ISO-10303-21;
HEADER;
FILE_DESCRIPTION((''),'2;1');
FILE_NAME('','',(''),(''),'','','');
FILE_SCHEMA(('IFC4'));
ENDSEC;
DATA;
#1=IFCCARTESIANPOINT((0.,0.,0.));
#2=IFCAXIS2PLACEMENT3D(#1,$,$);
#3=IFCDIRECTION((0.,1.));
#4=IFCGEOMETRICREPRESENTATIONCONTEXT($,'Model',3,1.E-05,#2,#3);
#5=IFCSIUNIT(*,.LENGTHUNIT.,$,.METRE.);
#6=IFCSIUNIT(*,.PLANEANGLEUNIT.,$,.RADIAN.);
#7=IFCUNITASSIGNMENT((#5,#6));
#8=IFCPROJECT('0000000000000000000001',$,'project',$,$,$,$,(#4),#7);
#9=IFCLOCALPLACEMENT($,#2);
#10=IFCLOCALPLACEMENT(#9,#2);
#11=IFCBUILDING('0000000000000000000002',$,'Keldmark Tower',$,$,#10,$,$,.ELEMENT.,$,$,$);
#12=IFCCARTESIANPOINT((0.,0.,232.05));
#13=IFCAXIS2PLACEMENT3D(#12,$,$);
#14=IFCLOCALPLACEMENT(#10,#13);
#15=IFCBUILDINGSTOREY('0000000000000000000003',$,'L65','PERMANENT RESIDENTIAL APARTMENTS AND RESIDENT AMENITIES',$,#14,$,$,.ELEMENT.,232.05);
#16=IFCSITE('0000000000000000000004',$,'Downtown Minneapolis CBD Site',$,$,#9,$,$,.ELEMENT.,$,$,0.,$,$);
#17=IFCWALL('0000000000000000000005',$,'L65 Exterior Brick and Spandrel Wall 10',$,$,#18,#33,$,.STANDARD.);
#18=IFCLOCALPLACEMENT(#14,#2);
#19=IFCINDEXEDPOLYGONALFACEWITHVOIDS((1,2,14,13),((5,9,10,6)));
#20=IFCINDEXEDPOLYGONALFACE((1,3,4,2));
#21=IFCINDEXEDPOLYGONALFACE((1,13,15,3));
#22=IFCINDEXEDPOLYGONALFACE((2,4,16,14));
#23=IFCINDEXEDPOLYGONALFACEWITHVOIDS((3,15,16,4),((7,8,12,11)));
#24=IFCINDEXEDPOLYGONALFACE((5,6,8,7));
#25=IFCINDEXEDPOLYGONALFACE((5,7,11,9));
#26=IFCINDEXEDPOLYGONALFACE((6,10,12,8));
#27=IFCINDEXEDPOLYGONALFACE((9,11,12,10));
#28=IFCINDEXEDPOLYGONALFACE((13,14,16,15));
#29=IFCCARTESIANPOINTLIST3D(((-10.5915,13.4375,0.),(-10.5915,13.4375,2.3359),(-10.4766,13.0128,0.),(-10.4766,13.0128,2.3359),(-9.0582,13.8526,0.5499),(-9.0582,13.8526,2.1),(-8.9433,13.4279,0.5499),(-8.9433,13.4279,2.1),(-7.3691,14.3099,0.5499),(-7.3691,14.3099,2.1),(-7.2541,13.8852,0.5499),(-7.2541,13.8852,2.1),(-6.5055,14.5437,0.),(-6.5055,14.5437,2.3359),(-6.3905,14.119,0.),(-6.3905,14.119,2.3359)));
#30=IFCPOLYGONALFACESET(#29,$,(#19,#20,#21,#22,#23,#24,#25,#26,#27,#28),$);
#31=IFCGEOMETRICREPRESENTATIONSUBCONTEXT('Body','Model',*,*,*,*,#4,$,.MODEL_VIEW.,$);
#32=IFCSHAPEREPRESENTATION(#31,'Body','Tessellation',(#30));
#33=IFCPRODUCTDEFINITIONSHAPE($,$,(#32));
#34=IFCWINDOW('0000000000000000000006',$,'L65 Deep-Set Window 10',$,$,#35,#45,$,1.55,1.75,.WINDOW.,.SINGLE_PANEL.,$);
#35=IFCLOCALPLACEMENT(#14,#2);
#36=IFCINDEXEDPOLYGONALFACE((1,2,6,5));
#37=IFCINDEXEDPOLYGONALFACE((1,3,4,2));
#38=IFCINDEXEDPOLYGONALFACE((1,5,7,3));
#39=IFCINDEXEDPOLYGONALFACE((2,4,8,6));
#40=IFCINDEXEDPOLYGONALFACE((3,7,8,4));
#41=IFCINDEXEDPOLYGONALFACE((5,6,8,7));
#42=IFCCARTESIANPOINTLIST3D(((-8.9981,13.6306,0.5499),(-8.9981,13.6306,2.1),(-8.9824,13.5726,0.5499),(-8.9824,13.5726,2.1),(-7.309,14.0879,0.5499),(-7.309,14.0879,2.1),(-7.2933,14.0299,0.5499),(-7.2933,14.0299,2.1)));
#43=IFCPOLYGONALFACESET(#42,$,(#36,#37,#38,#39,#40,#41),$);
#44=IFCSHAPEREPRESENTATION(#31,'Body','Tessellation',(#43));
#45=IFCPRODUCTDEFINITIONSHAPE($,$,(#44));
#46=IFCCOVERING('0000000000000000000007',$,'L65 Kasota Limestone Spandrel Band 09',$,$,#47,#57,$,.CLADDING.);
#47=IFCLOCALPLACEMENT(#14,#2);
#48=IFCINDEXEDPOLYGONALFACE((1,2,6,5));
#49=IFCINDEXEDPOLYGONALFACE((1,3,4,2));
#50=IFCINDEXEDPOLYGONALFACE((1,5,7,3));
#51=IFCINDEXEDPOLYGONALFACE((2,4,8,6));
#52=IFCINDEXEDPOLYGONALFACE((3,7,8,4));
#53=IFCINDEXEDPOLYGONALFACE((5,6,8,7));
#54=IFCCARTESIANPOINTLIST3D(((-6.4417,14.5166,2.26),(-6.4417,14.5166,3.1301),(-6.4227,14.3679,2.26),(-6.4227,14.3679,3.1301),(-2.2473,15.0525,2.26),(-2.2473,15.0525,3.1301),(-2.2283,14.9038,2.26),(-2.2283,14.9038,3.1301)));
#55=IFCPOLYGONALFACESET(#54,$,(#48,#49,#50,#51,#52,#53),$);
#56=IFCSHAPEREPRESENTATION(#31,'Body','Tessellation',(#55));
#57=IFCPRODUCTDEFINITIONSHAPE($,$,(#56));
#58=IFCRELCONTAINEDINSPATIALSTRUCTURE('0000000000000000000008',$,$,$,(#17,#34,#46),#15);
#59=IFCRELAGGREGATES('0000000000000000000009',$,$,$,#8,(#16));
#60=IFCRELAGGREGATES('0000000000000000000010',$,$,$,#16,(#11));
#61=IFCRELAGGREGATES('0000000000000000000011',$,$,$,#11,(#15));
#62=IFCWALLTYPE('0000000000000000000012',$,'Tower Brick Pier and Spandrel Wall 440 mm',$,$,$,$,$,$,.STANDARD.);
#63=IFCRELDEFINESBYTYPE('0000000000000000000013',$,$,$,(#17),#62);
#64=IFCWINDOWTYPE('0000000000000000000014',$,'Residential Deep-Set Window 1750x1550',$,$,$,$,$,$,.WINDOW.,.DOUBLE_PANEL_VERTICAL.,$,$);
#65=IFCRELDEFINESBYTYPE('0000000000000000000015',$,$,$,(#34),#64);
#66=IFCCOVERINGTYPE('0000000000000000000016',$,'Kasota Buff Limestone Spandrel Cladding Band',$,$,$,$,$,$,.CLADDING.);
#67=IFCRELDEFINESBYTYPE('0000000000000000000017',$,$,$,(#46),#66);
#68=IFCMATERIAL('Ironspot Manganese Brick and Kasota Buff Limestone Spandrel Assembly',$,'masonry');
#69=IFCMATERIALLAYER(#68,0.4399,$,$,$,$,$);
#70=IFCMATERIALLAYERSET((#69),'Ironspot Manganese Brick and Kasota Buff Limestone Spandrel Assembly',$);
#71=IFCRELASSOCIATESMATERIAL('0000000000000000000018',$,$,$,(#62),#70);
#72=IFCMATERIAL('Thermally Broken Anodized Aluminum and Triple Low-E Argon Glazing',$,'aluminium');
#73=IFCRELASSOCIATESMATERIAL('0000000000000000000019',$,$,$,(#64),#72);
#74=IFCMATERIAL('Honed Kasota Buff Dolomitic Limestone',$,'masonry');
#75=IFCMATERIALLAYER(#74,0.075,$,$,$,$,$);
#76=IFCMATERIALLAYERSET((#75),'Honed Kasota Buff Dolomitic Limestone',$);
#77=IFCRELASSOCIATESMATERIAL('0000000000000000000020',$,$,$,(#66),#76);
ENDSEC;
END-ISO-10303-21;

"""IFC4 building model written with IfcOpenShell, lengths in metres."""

from ifc_helpers import new_model, si_unit, direction, frame, frame_2d, origin, origin_2d, place, context, subcontext, project, spatial, rectangle, extrude, material, layer, layer_set, type_object, element, fill, save


model = new_model("IFC4")

# Units and contexts
model_context = context("Model", 3, precision=1e-05, world=origin(), true_north=direction((0.0, 1.0)))
body_context = subcontext(model_context, "Body", "Model", "MODEL_VIEW")
ifc_project = project(units=[si_unit("LENGTHUNIT", "METRE"), si_unit("PLANEANGLEUNIT", "RADIAN")], contexts=[model_context])

# Site, building, storey
site_placement = place(None, origin())
site = spatial("IfcSite", under=ifc_project, at=site_placement, Name="Downtown Minneapolis CBD Site", CompositionType="ELEMENT", RefElevation=0.0)
building_placement = place(site_placement, origin())
building = spatial("IfcBuilding", under=site, at=building_placement, Name="Keldmark Tower", CompositionType="ELEMENT")
storey_placement = place(building_placement, frame((0.0, 0.0, 232.05)))
storey = spatial("IfcBuildingStorey", under=building, at=storey_placement, Name="L65", Description="PERMANENT RESIDENTIAL APARTMENTS AND RESIDENT AMENITIES", CompositionType="ELEMENT", Elevation=232.05)

# Wall, opening, window
ifc_material_1 = material(Name="Ironspot Manganese Brick and Kasota Buff Limestone Spandrel Assembly", Category="masonry")
ifc_layer_1 = layer(ifc_material_1, 0.4399)
ifc_layer_set_1 = layer_set([ifc_layer_1], Name="Ironspot Manganese Brick and Kasota Buff Limestone Spandrel Assembly")
wall_type_1 = type_object("IfcWallType", Name="Tower Brick Pier and Spandrel Wall 440 mm", PredefinedType="STANDARD", material=ifc_layer_set_1)
ifc_material_2 = material(Name="Thermally Broken Anodized Aluminum and Triple Low-E Argon Glazing", Category="aluminium")
window_type = type_object("IfcWindowType", Name="Residential Deep-Set Window 1750x1550", PartitioningType="DOUBLE_PANEL_VERTICAL", PredefinedType="WINDOW", material=ifc_material_2)
wall_1_placement = place(storey_placement, frame((-10.5342, 13.2251, 0.0), z_axis=(0.0, 0.0, 1.0), x_axis=(0.965251, 0.261326, 0.0)))
wall_1 = element("IfcWall", 1, at=wall_1_placement, inside=storey, type_object=wall_type_1, Name="L65 Exterior Brick and Spandrel Wall 10", PredefinedType="STANDARD", context=body_context, shape_type="SweptSolid", body=[
    extrude(rectangle(XDim=4.2332, YDim=0.4399, at=frame_2d((2.1167, 0.0))), origin(), (0.0, 0.0, 1.0), 2.3359),
])
opening_1_placement = place(wall_1_placement, frame((1.5886, 0.0, 0.55)))
opening_1 = element("IfcOpeningElement", 2, at=opening_1_placement, cuts=wall_1, PredefinedType="OPENING", context=body_context, shape_type="SweptSolid", body=[
    extrude(rectangle(XDim=1.75, YDim=1.55, at=frame_2d((0.875, 0.7749))), frame((0.0, 0.23, 0.0), z_axis=(0.0, -1.0, 0.0), x_axis=(1.0, 0.0, 0.0)), (0.0, 0.0, 1.0), 0.46),
])
window_1_placement = place(opening_1_placement, origin())
window_1 = element("IfcWindow", 3, at=window_1_placement, inside=storey, type_object=window_type, Name="L65 Deep-Set Window 10", OverallHeight=1.55, OverallWidth=1.75, PartitioningType="SINGLE_PANEL", PredefinedType="WINDOW", context=body_context, shape_type="SweptSolid", body=[
    extrude(rectangle(XDim=1.75, YDim=1.55, at=frame_2d((0.875, 0.7749))), frame((0.0, -0.01, 0.0), z_axis=(0.0, -1.0, 0.0), x_axis=(1.0, 0.0, 0.0)), (0.0, 0.0, 1.0), 0.0601),
])
fill(opening_1, window_1)

# Covering
ifc_material_3 = material(Name="Honed Kasota Buff Dolomitic Limestone", Category="masonry")
ifc_layer_2 = layer(ifc_material_3, 0.075)
ifc_layer_set_2 = layer_set([ifc_layer_2], Name="Honed Kasota Buff Dolomitic Limestone")
covering_type = type_object("IfcCoveringType", Name="Kasota Buff Limestone Spandrel Cladding Band", PredefinedType="CLADDING", material=ifc_layer_set_2)
covering_placement = place(storey_placement, frame((-4.335, 14.7102, 2.26), z_axis=(0.0, 0.0, 1.0), x_axis=(-0.991934, -0.126753, 0.0)))
element("IfcCovering", 4, at=covering_placement, inside=storey, type_object=covering_type, Name="L65 Kasota Limestone Spandrel Band 09", PredefinedType="CLADDING", context=body_context, shape_type="SweptSolid", body=[
    extrude(rectangle(XDim=4.2285, YDim=0.1499, at=origin_2d()), origin(), (0.0, 0.0, 1.0), 0.8701),
])

save(model, "model.ifc")
